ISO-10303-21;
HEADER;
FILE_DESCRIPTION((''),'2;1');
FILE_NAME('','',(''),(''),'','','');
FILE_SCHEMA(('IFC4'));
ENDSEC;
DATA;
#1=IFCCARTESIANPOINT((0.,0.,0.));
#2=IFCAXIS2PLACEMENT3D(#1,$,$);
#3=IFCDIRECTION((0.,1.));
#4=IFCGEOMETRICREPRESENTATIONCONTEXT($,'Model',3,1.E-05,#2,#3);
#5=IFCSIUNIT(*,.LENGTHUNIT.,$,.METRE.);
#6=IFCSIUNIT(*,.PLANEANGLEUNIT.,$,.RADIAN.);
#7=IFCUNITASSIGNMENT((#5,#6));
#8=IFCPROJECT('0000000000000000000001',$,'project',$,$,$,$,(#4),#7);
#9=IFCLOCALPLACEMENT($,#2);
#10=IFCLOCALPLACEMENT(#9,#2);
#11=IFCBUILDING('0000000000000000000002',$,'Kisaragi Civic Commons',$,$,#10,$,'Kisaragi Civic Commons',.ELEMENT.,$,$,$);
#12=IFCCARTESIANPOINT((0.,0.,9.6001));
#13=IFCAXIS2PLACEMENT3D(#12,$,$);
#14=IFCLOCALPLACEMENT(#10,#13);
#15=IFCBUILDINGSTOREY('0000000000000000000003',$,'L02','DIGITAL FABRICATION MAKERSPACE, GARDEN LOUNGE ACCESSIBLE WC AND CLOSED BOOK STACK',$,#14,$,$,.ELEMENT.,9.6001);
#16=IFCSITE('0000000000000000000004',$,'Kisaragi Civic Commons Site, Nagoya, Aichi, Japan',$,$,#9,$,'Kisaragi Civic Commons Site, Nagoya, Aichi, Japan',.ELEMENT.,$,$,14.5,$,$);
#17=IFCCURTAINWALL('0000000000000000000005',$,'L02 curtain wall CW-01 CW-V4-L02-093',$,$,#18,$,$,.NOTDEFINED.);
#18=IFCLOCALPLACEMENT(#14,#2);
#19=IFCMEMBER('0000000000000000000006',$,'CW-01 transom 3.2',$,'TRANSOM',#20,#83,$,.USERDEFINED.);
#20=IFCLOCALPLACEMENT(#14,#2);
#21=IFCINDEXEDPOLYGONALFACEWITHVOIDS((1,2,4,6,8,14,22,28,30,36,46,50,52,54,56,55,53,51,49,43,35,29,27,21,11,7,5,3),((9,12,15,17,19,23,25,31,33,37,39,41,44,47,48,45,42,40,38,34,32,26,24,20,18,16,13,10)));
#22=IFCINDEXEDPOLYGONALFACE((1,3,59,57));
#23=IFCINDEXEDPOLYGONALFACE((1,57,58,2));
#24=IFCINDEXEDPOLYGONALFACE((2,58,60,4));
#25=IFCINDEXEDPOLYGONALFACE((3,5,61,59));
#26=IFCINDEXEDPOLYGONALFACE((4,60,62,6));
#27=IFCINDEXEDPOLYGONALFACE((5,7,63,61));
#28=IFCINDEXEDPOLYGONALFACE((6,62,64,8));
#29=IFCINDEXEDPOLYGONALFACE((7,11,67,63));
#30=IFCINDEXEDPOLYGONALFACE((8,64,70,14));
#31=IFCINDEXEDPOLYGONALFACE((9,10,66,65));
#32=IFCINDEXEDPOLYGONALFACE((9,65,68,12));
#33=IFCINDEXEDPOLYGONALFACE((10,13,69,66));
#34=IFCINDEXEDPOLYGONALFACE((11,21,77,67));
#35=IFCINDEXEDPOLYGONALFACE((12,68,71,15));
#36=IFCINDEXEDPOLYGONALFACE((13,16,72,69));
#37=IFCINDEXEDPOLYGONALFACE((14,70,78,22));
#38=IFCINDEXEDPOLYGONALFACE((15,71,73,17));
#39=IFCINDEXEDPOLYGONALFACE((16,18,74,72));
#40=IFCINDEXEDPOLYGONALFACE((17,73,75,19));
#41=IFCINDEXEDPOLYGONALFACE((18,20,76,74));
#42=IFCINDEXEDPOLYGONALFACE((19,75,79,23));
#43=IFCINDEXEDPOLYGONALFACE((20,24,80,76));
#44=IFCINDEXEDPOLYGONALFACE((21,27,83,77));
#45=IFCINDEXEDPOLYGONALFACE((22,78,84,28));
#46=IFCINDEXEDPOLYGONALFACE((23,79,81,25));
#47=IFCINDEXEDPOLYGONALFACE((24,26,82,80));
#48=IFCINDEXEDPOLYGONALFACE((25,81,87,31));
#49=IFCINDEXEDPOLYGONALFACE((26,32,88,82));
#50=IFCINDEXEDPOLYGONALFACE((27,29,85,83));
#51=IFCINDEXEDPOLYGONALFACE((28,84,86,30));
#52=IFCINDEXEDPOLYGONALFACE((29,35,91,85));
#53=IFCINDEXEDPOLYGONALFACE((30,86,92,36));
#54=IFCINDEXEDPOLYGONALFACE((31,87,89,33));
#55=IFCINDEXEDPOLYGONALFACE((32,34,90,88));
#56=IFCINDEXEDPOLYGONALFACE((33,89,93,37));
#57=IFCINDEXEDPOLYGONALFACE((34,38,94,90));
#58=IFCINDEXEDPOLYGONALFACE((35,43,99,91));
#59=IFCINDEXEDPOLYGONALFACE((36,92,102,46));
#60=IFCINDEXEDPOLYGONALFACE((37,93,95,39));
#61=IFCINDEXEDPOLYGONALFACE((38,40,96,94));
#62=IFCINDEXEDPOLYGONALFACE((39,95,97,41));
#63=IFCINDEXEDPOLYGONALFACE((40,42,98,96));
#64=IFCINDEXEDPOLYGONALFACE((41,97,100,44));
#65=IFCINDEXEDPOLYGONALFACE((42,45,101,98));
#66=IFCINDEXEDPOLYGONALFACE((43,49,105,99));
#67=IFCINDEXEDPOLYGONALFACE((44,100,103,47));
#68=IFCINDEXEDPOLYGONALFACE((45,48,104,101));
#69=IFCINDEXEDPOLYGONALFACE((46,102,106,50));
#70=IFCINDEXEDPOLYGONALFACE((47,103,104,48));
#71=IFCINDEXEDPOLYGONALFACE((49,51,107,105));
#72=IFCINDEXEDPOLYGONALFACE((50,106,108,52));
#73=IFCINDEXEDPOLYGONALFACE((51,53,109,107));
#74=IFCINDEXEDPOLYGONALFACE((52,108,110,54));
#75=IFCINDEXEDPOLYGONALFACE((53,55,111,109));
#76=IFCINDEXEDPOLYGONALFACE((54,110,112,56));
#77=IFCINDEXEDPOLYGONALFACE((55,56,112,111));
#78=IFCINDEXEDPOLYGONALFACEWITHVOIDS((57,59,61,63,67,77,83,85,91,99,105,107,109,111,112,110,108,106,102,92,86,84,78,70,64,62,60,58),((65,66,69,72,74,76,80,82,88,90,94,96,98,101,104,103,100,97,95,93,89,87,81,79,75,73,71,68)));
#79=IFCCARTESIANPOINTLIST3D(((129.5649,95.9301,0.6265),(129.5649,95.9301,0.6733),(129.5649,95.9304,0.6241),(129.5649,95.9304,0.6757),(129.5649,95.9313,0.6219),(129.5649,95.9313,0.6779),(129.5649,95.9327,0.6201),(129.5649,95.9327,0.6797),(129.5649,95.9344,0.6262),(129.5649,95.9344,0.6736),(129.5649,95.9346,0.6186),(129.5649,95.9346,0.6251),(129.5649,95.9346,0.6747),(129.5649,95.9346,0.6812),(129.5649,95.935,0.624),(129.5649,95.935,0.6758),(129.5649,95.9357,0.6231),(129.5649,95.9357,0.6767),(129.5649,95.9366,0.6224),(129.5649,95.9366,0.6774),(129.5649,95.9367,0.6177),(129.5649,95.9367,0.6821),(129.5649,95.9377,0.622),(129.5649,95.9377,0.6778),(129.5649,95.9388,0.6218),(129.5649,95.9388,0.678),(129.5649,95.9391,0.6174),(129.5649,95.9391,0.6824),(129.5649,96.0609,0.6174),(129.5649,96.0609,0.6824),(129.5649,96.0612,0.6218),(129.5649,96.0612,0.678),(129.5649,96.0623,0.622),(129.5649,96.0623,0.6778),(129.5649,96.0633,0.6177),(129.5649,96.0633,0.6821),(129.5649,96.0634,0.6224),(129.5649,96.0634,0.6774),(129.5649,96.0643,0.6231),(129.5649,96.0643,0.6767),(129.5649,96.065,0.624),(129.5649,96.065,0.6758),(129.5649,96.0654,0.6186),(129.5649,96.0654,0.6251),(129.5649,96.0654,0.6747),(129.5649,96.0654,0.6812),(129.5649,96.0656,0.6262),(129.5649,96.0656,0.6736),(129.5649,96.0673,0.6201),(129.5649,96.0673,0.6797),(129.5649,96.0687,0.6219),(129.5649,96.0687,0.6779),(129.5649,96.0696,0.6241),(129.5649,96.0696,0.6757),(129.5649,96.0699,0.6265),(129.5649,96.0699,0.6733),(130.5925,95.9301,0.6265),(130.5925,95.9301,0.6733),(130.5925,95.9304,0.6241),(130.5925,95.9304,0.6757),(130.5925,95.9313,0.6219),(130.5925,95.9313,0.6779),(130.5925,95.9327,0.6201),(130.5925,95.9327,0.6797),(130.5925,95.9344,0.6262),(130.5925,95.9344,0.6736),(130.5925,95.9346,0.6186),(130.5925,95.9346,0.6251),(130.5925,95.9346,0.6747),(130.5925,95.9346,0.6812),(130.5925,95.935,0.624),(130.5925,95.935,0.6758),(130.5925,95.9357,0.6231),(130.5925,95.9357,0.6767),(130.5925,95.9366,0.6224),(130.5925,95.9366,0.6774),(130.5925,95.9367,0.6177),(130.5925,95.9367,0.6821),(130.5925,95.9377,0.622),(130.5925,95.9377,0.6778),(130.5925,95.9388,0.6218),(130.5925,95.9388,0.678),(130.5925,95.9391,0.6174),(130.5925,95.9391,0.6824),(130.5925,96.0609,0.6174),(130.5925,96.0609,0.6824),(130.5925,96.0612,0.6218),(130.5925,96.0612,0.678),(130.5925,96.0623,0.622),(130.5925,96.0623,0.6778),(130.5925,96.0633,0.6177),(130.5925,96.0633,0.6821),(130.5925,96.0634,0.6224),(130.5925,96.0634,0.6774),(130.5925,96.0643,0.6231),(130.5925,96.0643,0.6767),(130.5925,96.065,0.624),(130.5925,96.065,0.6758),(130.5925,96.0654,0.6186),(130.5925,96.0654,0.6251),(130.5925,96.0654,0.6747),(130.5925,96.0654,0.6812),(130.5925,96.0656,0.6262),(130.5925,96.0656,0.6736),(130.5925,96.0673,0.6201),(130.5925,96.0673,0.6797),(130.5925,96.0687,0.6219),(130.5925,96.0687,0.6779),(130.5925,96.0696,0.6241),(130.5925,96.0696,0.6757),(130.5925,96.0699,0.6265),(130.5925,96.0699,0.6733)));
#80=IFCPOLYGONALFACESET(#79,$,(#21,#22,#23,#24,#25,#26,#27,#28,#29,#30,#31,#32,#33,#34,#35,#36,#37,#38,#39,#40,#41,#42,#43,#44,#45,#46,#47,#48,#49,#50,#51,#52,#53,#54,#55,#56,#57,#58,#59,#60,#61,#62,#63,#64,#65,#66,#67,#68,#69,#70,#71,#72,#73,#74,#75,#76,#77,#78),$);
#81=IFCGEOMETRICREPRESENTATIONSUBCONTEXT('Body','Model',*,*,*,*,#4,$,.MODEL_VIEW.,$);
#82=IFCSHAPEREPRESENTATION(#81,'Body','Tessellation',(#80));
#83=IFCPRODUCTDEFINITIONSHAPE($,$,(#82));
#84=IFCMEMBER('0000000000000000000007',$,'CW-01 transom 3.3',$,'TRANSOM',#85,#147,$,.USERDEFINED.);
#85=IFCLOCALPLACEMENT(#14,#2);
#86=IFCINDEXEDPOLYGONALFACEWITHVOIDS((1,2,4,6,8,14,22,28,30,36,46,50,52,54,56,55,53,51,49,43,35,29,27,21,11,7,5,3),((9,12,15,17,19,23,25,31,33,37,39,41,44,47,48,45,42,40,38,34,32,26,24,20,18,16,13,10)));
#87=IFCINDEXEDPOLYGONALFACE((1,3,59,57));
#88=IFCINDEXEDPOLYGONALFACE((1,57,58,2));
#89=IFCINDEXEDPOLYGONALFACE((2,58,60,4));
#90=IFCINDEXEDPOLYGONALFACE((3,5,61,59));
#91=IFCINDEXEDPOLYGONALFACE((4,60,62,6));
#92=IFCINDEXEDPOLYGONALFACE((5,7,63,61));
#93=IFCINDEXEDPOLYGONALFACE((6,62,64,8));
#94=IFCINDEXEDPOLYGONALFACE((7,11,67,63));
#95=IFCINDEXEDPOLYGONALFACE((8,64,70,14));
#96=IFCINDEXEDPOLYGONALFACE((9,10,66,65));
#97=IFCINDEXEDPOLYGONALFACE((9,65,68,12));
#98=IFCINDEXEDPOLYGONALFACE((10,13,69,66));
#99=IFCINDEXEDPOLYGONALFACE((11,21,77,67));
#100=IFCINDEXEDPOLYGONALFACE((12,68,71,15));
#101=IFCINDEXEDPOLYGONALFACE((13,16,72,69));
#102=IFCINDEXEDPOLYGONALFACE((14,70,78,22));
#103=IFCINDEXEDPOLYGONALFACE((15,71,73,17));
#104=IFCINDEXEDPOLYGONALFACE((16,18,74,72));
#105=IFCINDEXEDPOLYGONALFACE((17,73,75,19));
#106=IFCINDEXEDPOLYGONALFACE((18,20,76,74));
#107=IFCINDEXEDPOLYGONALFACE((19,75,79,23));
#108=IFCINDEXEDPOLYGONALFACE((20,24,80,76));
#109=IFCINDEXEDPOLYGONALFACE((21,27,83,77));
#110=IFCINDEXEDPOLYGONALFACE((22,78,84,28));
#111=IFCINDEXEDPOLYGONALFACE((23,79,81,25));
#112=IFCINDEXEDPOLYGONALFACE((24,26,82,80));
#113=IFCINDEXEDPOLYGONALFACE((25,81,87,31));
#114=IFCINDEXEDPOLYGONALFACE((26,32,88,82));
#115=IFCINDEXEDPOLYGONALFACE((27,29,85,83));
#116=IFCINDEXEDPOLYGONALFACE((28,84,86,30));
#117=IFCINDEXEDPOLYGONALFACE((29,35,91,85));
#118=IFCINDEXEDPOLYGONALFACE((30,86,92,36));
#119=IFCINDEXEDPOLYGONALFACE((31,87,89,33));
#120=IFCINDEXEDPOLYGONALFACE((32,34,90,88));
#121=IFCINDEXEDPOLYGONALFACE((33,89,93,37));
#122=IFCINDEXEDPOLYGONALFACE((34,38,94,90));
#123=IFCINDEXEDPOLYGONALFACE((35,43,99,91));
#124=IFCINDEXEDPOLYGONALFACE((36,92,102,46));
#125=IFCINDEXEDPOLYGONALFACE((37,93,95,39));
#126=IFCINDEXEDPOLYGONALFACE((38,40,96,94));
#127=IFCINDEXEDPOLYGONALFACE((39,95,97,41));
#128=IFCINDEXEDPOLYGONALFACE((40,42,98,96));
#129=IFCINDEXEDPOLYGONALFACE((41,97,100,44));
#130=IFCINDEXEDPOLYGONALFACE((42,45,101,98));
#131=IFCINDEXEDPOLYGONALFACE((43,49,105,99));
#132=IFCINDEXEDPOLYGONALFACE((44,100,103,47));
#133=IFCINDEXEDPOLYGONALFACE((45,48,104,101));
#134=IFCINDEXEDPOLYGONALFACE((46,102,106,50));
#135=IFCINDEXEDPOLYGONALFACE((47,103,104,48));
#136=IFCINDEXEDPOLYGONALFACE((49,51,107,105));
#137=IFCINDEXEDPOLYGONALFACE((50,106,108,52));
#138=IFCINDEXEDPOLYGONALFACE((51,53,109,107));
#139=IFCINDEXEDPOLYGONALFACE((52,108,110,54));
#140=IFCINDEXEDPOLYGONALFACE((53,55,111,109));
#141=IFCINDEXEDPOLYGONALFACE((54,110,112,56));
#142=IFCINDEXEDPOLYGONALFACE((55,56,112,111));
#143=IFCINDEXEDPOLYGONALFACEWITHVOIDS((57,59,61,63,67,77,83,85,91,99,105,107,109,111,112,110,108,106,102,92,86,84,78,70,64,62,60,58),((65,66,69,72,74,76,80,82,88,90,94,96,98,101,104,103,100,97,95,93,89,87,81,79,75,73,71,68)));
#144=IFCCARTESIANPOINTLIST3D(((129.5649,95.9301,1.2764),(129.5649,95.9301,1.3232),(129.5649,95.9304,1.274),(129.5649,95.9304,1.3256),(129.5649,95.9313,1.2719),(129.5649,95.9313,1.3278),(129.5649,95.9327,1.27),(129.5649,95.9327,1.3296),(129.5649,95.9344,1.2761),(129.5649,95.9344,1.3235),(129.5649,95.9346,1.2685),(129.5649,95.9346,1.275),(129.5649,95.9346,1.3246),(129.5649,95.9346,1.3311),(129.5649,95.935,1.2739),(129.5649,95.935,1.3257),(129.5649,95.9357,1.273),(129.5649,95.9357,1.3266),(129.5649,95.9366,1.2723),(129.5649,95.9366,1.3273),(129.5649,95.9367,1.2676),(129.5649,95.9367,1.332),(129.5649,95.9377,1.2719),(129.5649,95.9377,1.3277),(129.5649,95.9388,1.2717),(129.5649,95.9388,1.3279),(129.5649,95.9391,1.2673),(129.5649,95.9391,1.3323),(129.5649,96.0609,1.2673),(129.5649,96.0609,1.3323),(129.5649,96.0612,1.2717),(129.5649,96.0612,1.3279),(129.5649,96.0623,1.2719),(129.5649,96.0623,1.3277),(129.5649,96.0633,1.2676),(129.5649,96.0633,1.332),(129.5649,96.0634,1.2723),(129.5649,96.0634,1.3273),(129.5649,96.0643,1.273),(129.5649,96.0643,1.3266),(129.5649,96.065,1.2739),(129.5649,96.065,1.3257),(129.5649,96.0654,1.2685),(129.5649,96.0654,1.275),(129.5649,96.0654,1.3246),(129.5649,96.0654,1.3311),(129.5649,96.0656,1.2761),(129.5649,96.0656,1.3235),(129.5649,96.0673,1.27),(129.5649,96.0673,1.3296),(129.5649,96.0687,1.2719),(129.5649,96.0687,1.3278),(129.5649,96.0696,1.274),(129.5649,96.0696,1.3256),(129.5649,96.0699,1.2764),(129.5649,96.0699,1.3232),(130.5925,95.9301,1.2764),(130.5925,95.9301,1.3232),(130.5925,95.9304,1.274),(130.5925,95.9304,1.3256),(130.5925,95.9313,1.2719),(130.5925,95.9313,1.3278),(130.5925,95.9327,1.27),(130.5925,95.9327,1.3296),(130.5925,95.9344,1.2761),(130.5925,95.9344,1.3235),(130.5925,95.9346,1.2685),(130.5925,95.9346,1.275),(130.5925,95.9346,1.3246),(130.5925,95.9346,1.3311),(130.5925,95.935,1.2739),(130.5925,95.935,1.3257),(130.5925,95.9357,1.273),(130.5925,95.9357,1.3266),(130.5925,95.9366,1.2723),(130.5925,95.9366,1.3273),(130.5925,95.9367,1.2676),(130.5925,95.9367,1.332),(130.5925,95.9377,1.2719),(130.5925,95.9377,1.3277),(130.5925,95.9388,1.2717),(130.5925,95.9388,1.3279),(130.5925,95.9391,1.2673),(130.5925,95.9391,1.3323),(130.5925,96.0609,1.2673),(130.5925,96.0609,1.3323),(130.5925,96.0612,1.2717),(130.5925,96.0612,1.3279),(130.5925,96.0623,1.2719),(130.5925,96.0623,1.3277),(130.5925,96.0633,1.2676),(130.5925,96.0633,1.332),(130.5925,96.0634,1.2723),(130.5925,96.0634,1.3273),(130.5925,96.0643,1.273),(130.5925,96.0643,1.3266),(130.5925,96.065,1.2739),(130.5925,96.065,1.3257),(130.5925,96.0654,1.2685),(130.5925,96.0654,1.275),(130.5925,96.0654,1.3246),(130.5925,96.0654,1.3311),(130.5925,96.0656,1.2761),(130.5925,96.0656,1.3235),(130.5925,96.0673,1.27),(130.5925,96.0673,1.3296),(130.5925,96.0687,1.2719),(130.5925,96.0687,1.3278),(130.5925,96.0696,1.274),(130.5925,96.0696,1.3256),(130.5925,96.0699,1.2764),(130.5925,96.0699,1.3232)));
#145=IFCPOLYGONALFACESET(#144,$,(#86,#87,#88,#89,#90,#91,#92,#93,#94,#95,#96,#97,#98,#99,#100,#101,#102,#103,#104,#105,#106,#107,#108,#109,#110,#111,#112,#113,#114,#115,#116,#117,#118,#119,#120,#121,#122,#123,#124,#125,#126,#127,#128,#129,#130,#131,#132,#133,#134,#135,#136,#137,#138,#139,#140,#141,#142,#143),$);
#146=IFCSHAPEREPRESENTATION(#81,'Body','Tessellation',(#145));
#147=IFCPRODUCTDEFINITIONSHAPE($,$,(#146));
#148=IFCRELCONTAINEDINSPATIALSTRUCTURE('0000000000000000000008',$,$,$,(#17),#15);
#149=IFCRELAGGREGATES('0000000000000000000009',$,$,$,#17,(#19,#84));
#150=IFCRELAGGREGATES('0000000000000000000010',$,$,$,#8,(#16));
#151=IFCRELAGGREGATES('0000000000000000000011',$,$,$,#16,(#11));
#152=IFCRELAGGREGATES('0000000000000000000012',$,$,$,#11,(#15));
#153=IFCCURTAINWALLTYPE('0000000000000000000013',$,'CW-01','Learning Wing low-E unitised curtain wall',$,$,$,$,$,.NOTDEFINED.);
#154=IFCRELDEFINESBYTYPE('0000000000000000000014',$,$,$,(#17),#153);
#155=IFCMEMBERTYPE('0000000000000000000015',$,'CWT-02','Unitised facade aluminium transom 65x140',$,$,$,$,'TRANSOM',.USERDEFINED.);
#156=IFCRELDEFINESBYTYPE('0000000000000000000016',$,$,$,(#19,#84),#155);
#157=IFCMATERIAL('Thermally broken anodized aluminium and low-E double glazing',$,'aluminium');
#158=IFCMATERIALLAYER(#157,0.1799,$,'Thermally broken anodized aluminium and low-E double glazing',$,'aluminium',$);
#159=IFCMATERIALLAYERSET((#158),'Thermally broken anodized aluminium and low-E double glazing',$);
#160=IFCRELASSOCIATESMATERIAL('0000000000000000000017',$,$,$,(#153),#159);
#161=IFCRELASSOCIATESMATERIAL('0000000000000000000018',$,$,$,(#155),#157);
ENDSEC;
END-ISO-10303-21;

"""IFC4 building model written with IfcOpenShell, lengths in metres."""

from ifc_helpers import new_model, si_unit, direction, frame, origin, origin_2d, place, context, subcontext, project, spatial, hollow_rectangle, extrude, material, layer, layer_set, material_profile, profile_set, type_object, element, aggregate, save


model = new_model("IFC4")

# Units and contexts
model_context = context("Model", 3, precision=1e-05, world=origin(), true_north=direction((0.0, 1.0)))
body_context = subcontext(model_context, "Body", "Model", "MODEL_VIEW")
ifc_project = project(units=[si_unit("LENGTHUNIT", "METRE"), si_unit("PLANEANGLEUNIT", "RADIAN")], contexts=[model_context])

# Site, building, storey
site_placement = place(None, origin())
site = spatial("IfcSite", under=ifc_project, at=site_placement, Name="Kisaragi Civic Commons Site, Nagoya, Aichi, Japan", LongName="Kisaragi Civic Commons Site, Nagoya, Aichi, Japan", CompositionType="ELEMENT", RefElevation=14.5)
building_placement = place(site_placement, origin())
building = spatial("IfcBuilding", under=site, at=building_placement, Name="Kisaragi Civic Commons", LongName="Kisaragi Civic Commons", CompositionType="ELEMENT")
storey_placement = place(building_placement, frame((0.0, 0.0, 9.6001)))
storey = spatial("IfcBuildingStorey", under=building, at=storey_placement, Name="L02", Description="DIGITAL FABRICATION MAKERSPACE, GARDEN LOUNGE ACCESSIBLE WC AND CLOSED BOOK STACK", CompositionType="ELEMENT", Elevation=9.6001)

# Curtain wall
ifc_material = material(Name="Thermally broken anodized aluminium and low-E double glazing", Category="aluminium")
ifc_layer_1 = layer(ifc_material, 0.1799, Name="Thermally broken anodized aluminium and low-E double glazing", Category="aluminium")
ifc_layer_set_1 = layer_set([ifc_layer_1], Name="Thermally broken anodized aluminium and low-E double glazing")
curtain_wall_type = type_object("IfcCurtainWallType", Name="CW-01", Description="Learning Wing low-E unitised curtain wall", PredefinedType="NOTDEFINED", material=ifc_layer_set_1)
curtain_wall_1_placement = place(storey_placement, origin())
curtain_wall_1 = element("IfcCurtainWall", 1, at=curtain_wall_1_placement, inside=storey, type_object=curtain_wall_type, Name="L02 curtain wall CW-01 CW-V4-L02-093", PredefinedType="NOTDEFINED")

# Members
ifc_material_profile_1 = material_profile(ifc_material, hollow_rectangle(XDim=0.1399, YDim=0.0649, WallThickness=0.0044, InnerFilletRadius=0.0044, OuterFilletRadius=0.009, at=origin_2d()), Name="CWT-65x140x4.5", Category="aluminium")
ifc_profile_set_1 = profile_set([ifc_material_profile_1], Name="Thermally broken anodized aluminium and low-E double glazing")
member_type_1 = type_object("IfcMemberType", Name="CWT-02", Description="Unitised facade aluminium transom 65x140", ElementType="TRANSOM", PredefinedType="USERDEFINED", material=ifc_profile_set_1)
member_1_placement = place(storey_placement, frame((130.5925, 96.0, 0.6499), z_axis=(-1.0, 0.0, 0.0), x_axis=(0.0, -1.0, 0.0)))
member_1 = element("IfcMember", 2, at=member_1_placement, type_object=member_type_1, Name="CW-01 transom 3.2", ObjectType="TRANSOM", PredefinedType="USERDEFINED", context=body_context, shape_type="SweptSolid", body=[
    extrude(hollow_rectangle(XDim=0.1399, YDim=0.0649, WallThickness=0.0044, InnerFilletRadius=0.0044, OuterFilletRadius=0.009, at=origin_2d()), origin(), (0.0, 0.0, 1.0), 1.0276),
])
member_2_placement = place(storey_placement, frame((130.5925, 96.0, 1.2998), z_axis=(-1.0, 0.0, 0.0), x_axis=(0.0, -1.0, 0.0)))
member_2 = element("IfcMember", 3, at=member_2_placement, type_object=member_type_1, Name="CW-01 transom 3.3", ObjectType="TRANSOM", PredefinedType="USERDEFINED", context=body_context, shape_type="SweptSolid", body=[
    extrude(hollow_rectangle(XDim=0.1399, YDim=0.0649, WallThickness=0.0044, InnerFilletRadius=0.0044, OuterFilletRadius=0.009, at=origin_2d()), origin(), (0.0, 0.0, 1.0), 1.0276),
])

aggregate(curtain_wall_1, [member_1, member_2])

save(model, "model.ifc")
